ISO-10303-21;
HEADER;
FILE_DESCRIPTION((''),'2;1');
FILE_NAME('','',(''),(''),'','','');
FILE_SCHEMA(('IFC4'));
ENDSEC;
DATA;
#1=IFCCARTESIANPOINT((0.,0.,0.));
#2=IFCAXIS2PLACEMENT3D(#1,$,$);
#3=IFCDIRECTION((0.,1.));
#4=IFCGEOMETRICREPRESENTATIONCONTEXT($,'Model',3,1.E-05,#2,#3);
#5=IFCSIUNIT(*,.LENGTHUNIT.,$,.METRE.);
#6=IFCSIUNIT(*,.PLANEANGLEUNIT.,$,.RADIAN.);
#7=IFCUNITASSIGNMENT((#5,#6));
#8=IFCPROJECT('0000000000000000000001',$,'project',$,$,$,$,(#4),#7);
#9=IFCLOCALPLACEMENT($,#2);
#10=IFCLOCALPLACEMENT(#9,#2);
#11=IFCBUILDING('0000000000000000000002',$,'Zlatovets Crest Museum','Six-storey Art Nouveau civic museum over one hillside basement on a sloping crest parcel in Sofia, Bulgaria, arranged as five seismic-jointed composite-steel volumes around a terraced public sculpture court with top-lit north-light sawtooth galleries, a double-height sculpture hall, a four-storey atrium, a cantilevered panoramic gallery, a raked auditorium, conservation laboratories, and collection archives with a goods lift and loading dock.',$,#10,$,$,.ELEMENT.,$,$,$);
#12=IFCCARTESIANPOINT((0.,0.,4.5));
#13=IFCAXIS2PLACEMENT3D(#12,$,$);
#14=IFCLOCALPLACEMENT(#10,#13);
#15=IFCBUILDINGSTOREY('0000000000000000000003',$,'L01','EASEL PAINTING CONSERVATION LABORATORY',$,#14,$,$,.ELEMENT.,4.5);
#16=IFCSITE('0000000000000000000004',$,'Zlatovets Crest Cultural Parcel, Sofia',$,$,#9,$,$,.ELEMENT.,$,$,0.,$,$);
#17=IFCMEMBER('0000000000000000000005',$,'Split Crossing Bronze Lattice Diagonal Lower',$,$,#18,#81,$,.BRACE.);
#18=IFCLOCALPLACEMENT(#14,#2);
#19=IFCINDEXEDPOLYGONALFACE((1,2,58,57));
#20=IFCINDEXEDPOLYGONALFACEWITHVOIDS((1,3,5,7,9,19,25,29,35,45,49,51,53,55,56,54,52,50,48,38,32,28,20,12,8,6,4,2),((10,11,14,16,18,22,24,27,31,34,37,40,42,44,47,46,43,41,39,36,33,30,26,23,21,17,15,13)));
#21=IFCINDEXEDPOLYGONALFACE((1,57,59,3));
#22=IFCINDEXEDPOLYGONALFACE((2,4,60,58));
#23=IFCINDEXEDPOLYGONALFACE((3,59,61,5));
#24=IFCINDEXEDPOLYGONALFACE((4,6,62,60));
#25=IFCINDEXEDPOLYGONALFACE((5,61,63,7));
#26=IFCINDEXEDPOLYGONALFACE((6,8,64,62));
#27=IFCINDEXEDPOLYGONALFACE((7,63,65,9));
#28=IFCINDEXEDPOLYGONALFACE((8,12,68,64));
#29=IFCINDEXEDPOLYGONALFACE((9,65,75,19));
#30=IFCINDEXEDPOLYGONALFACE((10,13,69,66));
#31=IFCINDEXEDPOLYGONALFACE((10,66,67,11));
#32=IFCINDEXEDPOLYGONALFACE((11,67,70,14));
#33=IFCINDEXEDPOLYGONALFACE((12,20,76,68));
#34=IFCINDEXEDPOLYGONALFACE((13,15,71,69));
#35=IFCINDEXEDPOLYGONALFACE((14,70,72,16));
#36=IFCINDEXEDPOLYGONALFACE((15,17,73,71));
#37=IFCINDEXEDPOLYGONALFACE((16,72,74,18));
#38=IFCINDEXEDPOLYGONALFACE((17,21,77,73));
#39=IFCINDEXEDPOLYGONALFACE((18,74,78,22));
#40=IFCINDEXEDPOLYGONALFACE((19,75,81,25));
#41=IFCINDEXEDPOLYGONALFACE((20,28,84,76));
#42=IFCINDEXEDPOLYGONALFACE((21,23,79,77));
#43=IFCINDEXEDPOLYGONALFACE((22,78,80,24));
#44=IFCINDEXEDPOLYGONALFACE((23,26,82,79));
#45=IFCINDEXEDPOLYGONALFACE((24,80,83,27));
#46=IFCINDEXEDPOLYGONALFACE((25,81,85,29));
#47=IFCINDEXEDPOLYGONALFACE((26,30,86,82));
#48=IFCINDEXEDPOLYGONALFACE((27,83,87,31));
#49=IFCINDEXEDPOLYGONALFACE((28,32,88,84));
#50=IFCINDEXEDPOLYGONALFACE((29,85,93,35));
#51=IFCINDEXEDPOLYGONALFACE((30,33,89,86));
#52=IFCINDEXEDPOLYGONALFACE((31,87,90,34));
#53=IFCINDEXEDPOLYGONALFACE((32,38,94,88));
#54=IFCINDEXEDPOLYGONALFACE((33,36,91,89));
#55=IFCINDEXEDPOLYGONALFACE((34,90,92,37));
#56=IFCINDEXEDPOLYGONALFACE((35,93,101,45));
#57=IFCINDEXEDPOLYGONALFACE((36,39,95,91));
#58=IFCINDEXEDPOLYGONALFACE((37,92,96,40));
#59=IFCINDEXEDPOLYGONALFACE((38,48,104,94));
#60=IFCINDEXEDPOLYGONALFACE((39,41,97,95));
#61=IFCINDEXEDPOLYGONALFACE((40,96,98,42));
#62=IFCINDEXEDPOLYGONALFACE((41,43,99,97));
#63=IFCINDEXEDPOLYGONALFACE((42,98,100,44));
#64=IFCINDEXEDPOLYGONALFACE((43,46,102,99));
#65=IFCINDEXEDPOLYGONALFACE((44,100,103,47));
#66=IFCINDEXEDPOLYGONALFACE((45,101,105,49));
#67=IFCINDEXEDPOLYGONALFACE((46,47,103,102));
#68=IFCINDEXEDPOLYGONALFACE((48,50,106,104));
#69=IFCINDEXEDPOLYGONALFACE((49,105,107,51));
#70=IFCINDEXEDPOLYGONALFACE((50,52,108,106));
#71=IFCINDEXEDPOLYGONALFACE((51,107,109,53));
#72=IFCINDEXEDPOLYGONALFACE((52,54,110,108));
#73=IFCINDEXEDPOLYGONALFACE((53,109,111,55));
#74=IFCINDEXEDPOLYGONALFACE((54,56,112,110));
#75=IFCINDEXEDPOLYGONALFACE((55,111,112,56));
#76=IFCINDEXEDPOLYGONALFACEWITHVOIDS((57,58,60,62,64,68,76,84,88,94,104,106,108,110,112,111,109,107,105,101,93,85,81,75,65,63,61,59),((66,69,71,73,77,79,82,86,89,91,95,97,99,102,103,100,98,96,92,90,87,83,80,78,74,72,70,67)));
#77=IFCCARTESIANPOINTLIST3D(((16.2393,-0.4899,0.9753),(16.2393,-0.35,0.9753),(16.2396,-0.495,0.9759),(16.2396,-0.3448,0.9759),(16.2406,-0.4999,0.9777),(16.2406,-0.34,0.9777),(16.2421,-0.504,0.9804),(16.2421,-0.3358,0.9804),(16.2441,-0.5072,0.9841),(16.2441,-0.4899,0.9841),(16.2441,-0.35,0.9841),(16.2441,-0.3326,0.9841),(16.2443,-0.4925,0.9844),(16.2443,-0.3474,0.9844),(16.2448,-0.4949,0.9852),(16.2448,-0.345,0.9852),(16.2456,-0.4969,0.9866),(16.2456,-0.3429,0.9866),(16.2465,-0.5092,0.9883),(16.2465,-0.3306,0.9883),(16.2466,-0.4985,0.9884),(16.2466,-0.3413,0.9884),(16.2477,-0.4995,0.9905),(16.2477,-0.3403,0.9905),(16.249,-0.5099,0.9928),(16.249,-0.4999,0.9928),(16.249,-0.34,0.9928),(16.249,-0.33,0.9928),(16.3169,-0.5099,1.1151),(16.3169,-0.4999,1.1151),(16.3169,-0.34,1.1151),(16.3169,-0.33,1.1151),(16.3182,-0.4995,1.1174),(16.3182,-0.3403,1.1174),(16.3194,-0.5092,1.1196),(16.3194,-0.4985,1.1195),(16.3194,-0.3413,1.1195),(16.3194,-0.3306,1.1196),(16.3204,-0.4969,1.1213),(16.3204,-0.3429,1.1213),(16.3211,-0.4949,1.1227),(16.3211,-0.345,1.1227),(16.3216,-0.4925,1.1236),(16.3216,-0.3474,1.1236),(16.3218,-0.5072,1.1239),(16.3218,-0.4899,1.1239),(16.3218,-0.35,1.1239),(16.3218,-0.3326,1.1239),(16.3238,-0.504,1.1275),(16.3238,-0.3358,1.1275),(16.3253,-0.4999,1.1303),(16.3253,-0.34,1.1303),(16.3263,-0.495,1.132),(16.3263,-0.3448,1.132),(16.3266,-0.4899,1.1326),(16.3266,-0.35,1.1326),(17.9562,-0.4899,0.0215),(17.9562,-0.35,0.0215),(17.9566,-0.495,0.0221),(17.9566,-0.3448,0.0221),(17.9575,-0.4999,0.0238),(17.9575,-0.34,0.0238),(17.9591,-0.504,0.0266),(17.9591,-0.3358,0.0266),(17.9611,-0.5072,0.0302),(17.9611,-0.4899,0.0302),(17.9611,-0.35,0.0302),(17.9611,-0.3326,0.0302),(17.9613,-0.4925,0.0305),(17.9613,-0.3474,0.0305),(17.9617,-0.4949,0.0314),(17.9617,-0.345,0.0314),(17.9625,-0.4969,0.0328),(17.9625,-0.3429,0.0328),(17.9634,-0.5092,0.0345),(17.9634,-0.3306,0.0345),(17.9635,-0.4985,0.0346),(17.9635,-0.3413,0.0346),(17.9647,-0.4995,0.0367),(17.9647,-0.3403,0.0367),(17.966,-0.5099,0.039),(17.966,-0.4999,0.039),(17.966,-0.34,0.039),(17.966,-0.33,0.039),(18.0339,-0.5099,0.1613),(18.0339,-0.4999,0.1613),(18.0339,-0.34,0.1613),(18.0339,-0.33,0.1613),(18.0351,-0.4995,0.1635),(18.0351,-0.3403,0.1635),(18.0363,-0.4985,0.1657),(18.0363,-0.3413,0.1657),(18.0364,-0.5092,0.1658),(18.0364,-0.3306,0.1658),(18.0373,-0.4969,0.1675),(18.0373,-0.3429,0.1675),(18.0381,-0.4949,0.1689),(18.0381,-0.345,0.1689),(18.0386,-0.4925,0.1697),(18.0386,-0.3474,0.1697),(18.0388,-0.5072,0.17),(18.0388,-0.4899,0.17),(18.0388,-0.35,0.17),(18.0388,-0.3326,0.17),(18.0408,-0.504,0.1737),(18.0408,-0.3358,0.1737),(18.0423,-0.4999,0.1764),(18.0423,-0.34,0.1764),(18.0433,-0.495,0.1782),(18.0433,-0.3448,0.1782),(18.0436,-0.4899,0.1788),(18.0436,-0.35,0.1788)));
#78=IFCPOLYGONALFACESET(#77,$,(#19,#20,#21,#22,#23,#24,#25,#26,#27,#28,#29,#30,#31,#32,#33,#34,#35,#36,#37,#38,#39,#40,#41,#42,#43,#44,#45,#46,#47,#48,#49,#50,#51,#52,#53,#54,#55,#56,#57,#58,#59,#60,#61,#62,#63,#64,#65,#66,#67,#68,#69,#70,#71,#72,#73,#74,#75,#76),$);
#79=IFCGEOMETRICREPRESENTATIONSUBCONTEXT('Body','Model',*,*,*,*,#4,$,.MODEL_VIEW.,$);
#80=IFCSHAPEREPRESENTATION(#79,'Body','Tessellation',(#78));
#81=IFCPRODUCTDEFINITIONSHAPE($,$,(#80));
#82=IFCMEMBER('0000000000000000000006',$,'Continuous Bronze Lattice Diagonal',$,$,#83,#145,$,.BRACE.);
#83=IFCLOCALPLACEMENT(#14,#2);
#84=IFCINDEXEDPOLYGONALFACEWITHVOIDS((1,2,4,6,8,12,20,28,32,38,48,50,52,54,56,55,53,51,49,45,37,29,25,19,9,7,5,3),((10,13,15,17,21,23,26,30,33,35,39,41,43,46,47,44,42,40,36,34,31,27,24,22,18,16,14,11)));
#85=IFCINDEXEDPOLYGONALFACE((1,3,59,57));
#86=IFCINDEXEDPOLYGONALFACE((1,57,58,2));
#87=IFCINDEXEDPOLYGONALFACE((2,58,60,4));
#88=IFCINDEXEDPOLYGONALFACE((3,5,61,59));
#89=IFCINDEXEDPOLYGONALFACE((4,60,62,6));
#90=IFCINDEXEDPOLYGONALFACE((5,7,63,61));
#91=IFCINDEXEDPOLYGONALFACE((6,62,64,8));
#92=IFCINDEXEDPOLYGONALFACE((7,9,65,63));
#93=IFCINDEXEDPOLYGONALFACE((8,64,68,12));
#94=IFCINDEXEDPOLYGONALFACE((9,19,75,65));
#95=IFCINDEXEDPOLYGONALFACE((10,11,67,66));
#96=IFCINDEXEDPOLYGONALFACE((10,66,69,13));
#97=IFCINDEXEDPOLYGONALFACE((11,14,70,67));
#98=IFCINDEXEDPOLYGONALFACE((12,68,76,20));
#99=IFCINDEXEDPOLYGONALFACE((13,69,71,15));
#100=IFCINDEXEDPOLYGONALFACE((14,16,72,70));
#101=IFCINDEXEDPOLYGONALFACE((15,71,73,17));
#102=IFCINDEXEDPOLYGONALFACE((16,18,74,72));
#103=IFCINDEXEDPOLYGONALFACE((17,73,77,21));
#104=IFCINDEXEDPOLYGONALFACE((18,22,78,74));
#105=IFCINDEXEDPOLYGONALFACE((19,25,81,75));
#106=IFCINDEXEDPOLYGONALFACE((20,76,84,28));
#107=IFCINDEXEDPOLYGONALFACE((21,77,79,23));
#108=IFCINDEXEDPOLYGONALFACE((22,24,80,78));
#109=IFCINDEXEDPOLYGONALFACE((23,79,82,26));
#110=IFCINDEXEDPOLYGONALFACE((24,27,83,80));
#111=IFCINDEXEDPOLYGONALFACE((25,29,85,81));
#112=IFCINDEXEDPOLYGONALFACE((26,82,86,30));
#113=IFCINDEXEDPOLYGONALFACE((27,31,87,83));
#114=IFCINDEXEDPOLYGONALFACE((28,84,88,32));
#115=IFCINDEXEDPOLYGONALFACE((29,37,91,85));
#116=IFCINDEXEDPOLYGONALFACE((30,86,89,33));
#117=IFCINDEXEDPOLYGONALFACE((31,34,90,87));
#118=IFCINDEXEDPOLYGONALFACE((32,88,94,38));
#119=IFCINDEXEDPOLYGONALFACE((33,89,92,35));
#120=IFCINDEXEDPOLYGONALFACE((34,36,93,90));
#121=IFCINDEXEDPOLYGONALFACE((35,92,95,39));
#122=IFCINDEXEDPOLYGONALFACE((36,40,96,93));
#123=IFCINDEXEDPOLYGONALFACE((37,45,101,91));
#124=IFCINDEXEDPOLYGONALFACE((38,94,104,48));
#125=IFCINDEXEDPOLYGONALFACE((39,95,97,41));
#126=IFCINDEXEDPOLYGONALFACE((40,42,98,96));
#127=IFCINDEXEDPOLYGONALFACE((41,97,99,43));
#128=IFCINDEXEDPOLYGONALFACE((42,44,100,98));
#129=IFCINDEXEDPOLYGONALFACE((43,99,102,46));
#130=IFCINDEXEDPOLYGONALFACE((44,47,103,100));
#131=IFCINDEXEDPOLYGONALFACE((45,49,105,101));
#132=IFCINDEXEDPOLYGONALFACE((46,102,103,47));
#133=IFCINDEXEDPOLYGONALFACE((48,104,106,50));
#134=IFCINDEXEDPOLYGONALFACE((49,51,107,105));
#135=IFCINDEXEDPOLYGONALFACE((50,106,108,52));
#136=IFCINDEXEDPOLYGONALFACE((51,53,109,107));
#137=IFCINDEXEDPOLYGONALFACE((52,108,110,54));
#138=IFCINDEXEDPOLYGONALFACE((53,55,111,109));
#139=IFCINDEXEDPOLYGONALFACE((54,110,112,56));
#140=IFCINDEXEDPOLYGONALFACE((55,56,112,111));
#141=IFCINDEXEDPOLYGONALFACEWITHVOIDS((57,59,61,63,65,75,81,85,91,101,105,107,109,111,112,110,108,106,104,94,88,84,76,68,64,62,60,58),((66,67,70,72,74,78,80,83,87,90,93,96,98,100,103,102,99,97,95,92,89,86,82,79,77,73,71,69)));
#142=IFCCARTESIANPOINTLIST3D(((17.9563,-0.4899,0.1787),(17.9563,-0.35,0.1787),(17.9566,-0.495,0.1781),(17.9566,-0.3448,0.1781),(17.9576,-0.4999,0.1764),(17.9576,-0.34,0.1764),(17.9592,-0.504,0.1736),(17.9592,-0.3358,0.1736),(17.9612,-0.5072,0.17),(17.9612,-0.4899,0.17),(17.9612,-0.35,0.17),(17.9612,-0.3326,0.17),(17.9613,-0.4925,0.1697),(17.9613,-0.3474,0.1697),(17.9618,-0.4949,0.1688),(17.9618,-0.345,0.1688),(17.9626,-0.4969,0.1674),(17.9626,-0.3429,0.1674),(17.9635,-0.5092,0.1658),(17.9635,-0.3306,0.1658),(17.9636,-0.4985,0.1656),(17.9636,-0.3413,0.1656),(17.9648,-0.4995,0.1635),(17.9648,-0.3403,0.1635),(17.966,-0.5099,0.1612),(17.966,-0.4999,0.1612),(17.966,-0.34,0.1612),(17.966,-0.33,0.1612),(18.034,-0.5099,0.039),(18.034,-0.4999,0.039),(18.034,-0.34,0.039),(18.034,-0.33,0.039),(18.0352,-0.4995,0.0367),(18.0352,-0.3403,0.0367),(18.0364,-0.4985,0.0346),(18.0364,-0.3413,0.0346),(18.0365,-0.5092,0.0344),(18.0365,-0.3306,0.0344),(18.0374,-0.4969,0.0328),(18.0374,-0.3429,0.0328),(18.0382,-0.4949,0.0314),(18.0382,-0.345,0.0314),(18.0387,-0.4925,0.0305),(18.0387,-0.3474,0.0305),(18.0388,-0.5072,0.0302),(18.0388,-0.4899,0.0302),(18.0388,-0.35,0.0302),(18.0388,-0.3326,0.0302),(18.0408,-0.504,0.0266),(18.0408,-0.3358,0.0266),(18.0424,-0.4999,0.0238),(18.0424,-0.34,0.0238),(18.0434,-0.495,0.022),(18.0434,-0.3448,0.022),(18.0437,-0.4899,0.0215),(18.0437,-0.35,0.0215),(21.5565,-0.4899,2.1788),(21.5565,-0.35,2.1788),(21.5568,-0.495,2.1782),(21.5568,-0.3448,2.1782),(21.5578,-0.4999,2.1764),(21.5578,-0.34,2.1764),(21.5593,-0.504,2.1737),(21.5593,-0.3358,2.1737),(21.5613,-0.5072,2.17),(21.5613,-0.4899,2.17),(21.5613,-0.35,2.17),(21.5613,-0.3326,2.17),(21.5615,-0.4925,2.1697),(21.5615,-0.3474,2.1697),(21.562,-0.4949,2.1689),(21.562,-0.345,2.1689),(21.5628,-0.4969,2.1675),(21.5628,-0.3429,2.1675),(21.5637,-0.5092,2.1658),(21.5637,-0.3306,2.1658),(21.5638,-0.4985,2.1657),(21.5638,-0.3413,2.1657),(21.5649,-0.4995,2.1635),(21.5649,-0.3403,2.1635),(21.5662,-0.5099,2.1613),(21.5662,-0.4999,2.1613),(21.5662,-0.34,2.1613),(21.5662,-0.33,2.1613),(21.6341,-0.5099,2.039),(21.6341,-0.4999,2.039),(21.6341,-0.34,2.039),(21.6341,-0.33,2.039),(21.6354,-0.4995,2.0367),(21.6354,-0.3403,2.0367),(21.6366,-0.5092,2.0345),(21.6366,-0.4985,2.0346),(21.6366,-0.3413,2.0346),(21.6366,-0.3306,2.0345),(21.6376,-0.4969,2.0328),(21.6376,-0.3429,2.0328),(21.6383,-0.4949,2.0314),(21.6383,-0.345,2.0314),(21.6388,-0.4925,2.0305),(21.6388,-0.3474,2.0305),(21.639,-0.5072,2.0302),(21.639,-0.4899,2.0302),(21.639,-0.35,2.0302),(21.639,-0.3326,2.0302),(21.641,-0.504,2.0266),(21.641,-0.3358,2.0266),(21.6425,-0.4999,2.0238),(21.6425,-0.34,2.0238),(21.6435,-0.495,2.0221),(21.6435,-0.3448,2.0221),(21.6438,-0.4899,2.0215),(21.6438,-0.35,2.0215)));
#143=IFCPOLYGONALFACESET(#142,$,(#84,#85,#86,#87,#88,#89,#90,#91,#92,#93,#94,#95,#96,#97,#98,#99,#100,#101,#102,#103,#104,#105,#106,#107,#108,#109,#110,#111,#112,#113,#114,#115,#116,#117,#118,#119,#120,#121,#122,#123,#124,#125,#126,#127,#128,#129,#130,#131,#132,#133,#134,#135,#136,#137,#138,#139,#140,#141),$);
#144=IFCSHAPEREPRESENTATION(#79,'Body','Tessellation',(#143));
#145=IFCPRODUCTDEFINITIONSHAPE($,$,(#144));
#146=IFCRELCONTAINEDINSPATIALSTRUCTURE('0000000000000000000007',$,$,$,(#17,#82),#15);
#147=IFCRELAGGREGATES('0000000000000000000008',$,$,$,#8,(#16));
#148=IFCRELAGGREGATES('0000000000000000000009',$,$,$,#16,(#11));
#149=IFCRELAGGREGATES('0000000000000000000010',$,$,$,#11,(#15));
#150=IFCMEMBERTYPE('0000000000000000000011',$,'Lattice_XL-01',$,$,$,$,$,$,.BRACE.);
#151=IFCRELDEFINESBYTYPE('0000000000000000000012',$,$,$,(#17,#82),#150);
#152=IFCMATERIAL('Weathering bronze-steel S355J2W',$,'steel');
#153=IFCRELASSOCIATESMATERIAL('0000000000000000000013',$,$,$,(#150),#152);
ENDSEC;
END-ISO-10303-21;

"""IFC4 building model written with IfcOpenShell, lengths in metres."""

from ifc_helpers import new_model, si_unit, direction, frame, origin, origin_2d, place, context, subcontext, project, spatial, hollow_rectangle, extrude, material, material_profile, profile_set, type_object, element, save


model = new_model("IFC4")

# Units and contexts
model_context = context("Model", 3, precision=1e-05, world=origin(), true_north=direction((0.0, 1.0)))
body_context = subcontext(model_context, "Body", "Model", "MODEL_VIEW")
ifc_project = project(units=[si_unit("LENGTHUNIT", "METRE"), si_unit("PLANEANGLEUNIT", "RADIAN")], contexts=[model_context])

# Site, building, storey
site_placement = place(None, origin())
site = spatial("IfcSite", under=ifc_project, at=site_placement, Name="Zlatovets Crest Cultural Parcel, Sofia", CompositionType="ELEMENT", RefElevation=0.0)
building_placement = place(site_placement, origin())
building = spatial("IfcBuilding", under=site, at=building_placement, Name="Zlatovets Crest Museum", Description="Six-storey Art Nouveau civic museum over one hillside basement on a sloping crest parcel in Sofia, Bulgaria, arranged as five seismic-jointed composite-steel volumes around a terraced public sculpture court with top-lit north-light sawtooth galleries, a double-height sculpture hall, a four-storey atrium, a cantilevered panoramic gallery, a raked auditorium, conservation laboratories, and collection archives with a goods lift and loading dock.", CompositionType="ELEMENT")
storey_placement = place(building_placement, frame((0.0, 0.0, 4.5)))
storey = spatial("IfcBuildingStorey", under=building, at=storey_placement, Name="L01", Description="EASEL PAINTING CONSERVATION LABORATORY", CompositionType="ELEMENT", Elevation=4.5)

# Members
ifc_material_1 = material(Name="Weathering bronze-steel S355J2W", Category="steel")
ifc_material_profile_1 = material_profile(ifc_material_1, hollow_rectangle(XDim=0.1799, YDim=0.1799, WallThickness=0.01, InnerFilletRadius=0.01, OuterFilletRadius=0.02, at=origin_2d()), Name="SHS 180x180x10.0")
ifc_profile_set_1 = profile_set([ifc_material_profile_1], Name="Weathering bronze-steel S355J2W")
member_type_1 = type_object("IfcMemberType", Name="Lattice_XL-01", PredefinedType="BRACE", material=ifc_profile_set_1)
member_1_placement = place(storey_placement, frame((16.283, -0.4199, 1.054), z_axis=(0.874169, 0.0, -0.485622), x_axis=(0.0, 1.0, 0.0)))
element("IfcMember", 1, at=member_1_placement, inside=storey, type_object=member_type_1, Name="Split Crossing Bronze Lattice Diagonal Lower", PredefinedType="BRACE", context=body_context, shape_type="SweptSolid", body=[
    extrude(hollow_rectangle(XDim=0.1799, YDim=0.1799, WallThickness=0.01, InnerFilletRadius=0.01, OuterFilletRadius=0.02, at=origin_2d()), origin(), (0.0, 0.0, 1.0), 1.9641),
])
member_2_placement = place(storey_placement, frame((18.0, -0.4199, 0.1001), z_axis=(0.874163, 0.0, 0.485633), x_axis=(0.0, 1.0, 0.0)))
element("IfcMember", 2, at=member_2_placement, inside=storey, type_object=member_type_1, Name="Continuous Bronze Lattice Diagonal", PredefinedType="BRACE", context=body_context, shape_type="SweptSolid", body=[
    extrude(hollow_rectangle(XDim=0.1799, YDim=0.1799, WallThickness=0.01, InnerFilletRadius=0.01, OuterFilletRadius=0.02, at=origin_2d()), origin(), (0.0, 0.0, 1.0), 4.1184),
])

save(model, "model.ifc")
